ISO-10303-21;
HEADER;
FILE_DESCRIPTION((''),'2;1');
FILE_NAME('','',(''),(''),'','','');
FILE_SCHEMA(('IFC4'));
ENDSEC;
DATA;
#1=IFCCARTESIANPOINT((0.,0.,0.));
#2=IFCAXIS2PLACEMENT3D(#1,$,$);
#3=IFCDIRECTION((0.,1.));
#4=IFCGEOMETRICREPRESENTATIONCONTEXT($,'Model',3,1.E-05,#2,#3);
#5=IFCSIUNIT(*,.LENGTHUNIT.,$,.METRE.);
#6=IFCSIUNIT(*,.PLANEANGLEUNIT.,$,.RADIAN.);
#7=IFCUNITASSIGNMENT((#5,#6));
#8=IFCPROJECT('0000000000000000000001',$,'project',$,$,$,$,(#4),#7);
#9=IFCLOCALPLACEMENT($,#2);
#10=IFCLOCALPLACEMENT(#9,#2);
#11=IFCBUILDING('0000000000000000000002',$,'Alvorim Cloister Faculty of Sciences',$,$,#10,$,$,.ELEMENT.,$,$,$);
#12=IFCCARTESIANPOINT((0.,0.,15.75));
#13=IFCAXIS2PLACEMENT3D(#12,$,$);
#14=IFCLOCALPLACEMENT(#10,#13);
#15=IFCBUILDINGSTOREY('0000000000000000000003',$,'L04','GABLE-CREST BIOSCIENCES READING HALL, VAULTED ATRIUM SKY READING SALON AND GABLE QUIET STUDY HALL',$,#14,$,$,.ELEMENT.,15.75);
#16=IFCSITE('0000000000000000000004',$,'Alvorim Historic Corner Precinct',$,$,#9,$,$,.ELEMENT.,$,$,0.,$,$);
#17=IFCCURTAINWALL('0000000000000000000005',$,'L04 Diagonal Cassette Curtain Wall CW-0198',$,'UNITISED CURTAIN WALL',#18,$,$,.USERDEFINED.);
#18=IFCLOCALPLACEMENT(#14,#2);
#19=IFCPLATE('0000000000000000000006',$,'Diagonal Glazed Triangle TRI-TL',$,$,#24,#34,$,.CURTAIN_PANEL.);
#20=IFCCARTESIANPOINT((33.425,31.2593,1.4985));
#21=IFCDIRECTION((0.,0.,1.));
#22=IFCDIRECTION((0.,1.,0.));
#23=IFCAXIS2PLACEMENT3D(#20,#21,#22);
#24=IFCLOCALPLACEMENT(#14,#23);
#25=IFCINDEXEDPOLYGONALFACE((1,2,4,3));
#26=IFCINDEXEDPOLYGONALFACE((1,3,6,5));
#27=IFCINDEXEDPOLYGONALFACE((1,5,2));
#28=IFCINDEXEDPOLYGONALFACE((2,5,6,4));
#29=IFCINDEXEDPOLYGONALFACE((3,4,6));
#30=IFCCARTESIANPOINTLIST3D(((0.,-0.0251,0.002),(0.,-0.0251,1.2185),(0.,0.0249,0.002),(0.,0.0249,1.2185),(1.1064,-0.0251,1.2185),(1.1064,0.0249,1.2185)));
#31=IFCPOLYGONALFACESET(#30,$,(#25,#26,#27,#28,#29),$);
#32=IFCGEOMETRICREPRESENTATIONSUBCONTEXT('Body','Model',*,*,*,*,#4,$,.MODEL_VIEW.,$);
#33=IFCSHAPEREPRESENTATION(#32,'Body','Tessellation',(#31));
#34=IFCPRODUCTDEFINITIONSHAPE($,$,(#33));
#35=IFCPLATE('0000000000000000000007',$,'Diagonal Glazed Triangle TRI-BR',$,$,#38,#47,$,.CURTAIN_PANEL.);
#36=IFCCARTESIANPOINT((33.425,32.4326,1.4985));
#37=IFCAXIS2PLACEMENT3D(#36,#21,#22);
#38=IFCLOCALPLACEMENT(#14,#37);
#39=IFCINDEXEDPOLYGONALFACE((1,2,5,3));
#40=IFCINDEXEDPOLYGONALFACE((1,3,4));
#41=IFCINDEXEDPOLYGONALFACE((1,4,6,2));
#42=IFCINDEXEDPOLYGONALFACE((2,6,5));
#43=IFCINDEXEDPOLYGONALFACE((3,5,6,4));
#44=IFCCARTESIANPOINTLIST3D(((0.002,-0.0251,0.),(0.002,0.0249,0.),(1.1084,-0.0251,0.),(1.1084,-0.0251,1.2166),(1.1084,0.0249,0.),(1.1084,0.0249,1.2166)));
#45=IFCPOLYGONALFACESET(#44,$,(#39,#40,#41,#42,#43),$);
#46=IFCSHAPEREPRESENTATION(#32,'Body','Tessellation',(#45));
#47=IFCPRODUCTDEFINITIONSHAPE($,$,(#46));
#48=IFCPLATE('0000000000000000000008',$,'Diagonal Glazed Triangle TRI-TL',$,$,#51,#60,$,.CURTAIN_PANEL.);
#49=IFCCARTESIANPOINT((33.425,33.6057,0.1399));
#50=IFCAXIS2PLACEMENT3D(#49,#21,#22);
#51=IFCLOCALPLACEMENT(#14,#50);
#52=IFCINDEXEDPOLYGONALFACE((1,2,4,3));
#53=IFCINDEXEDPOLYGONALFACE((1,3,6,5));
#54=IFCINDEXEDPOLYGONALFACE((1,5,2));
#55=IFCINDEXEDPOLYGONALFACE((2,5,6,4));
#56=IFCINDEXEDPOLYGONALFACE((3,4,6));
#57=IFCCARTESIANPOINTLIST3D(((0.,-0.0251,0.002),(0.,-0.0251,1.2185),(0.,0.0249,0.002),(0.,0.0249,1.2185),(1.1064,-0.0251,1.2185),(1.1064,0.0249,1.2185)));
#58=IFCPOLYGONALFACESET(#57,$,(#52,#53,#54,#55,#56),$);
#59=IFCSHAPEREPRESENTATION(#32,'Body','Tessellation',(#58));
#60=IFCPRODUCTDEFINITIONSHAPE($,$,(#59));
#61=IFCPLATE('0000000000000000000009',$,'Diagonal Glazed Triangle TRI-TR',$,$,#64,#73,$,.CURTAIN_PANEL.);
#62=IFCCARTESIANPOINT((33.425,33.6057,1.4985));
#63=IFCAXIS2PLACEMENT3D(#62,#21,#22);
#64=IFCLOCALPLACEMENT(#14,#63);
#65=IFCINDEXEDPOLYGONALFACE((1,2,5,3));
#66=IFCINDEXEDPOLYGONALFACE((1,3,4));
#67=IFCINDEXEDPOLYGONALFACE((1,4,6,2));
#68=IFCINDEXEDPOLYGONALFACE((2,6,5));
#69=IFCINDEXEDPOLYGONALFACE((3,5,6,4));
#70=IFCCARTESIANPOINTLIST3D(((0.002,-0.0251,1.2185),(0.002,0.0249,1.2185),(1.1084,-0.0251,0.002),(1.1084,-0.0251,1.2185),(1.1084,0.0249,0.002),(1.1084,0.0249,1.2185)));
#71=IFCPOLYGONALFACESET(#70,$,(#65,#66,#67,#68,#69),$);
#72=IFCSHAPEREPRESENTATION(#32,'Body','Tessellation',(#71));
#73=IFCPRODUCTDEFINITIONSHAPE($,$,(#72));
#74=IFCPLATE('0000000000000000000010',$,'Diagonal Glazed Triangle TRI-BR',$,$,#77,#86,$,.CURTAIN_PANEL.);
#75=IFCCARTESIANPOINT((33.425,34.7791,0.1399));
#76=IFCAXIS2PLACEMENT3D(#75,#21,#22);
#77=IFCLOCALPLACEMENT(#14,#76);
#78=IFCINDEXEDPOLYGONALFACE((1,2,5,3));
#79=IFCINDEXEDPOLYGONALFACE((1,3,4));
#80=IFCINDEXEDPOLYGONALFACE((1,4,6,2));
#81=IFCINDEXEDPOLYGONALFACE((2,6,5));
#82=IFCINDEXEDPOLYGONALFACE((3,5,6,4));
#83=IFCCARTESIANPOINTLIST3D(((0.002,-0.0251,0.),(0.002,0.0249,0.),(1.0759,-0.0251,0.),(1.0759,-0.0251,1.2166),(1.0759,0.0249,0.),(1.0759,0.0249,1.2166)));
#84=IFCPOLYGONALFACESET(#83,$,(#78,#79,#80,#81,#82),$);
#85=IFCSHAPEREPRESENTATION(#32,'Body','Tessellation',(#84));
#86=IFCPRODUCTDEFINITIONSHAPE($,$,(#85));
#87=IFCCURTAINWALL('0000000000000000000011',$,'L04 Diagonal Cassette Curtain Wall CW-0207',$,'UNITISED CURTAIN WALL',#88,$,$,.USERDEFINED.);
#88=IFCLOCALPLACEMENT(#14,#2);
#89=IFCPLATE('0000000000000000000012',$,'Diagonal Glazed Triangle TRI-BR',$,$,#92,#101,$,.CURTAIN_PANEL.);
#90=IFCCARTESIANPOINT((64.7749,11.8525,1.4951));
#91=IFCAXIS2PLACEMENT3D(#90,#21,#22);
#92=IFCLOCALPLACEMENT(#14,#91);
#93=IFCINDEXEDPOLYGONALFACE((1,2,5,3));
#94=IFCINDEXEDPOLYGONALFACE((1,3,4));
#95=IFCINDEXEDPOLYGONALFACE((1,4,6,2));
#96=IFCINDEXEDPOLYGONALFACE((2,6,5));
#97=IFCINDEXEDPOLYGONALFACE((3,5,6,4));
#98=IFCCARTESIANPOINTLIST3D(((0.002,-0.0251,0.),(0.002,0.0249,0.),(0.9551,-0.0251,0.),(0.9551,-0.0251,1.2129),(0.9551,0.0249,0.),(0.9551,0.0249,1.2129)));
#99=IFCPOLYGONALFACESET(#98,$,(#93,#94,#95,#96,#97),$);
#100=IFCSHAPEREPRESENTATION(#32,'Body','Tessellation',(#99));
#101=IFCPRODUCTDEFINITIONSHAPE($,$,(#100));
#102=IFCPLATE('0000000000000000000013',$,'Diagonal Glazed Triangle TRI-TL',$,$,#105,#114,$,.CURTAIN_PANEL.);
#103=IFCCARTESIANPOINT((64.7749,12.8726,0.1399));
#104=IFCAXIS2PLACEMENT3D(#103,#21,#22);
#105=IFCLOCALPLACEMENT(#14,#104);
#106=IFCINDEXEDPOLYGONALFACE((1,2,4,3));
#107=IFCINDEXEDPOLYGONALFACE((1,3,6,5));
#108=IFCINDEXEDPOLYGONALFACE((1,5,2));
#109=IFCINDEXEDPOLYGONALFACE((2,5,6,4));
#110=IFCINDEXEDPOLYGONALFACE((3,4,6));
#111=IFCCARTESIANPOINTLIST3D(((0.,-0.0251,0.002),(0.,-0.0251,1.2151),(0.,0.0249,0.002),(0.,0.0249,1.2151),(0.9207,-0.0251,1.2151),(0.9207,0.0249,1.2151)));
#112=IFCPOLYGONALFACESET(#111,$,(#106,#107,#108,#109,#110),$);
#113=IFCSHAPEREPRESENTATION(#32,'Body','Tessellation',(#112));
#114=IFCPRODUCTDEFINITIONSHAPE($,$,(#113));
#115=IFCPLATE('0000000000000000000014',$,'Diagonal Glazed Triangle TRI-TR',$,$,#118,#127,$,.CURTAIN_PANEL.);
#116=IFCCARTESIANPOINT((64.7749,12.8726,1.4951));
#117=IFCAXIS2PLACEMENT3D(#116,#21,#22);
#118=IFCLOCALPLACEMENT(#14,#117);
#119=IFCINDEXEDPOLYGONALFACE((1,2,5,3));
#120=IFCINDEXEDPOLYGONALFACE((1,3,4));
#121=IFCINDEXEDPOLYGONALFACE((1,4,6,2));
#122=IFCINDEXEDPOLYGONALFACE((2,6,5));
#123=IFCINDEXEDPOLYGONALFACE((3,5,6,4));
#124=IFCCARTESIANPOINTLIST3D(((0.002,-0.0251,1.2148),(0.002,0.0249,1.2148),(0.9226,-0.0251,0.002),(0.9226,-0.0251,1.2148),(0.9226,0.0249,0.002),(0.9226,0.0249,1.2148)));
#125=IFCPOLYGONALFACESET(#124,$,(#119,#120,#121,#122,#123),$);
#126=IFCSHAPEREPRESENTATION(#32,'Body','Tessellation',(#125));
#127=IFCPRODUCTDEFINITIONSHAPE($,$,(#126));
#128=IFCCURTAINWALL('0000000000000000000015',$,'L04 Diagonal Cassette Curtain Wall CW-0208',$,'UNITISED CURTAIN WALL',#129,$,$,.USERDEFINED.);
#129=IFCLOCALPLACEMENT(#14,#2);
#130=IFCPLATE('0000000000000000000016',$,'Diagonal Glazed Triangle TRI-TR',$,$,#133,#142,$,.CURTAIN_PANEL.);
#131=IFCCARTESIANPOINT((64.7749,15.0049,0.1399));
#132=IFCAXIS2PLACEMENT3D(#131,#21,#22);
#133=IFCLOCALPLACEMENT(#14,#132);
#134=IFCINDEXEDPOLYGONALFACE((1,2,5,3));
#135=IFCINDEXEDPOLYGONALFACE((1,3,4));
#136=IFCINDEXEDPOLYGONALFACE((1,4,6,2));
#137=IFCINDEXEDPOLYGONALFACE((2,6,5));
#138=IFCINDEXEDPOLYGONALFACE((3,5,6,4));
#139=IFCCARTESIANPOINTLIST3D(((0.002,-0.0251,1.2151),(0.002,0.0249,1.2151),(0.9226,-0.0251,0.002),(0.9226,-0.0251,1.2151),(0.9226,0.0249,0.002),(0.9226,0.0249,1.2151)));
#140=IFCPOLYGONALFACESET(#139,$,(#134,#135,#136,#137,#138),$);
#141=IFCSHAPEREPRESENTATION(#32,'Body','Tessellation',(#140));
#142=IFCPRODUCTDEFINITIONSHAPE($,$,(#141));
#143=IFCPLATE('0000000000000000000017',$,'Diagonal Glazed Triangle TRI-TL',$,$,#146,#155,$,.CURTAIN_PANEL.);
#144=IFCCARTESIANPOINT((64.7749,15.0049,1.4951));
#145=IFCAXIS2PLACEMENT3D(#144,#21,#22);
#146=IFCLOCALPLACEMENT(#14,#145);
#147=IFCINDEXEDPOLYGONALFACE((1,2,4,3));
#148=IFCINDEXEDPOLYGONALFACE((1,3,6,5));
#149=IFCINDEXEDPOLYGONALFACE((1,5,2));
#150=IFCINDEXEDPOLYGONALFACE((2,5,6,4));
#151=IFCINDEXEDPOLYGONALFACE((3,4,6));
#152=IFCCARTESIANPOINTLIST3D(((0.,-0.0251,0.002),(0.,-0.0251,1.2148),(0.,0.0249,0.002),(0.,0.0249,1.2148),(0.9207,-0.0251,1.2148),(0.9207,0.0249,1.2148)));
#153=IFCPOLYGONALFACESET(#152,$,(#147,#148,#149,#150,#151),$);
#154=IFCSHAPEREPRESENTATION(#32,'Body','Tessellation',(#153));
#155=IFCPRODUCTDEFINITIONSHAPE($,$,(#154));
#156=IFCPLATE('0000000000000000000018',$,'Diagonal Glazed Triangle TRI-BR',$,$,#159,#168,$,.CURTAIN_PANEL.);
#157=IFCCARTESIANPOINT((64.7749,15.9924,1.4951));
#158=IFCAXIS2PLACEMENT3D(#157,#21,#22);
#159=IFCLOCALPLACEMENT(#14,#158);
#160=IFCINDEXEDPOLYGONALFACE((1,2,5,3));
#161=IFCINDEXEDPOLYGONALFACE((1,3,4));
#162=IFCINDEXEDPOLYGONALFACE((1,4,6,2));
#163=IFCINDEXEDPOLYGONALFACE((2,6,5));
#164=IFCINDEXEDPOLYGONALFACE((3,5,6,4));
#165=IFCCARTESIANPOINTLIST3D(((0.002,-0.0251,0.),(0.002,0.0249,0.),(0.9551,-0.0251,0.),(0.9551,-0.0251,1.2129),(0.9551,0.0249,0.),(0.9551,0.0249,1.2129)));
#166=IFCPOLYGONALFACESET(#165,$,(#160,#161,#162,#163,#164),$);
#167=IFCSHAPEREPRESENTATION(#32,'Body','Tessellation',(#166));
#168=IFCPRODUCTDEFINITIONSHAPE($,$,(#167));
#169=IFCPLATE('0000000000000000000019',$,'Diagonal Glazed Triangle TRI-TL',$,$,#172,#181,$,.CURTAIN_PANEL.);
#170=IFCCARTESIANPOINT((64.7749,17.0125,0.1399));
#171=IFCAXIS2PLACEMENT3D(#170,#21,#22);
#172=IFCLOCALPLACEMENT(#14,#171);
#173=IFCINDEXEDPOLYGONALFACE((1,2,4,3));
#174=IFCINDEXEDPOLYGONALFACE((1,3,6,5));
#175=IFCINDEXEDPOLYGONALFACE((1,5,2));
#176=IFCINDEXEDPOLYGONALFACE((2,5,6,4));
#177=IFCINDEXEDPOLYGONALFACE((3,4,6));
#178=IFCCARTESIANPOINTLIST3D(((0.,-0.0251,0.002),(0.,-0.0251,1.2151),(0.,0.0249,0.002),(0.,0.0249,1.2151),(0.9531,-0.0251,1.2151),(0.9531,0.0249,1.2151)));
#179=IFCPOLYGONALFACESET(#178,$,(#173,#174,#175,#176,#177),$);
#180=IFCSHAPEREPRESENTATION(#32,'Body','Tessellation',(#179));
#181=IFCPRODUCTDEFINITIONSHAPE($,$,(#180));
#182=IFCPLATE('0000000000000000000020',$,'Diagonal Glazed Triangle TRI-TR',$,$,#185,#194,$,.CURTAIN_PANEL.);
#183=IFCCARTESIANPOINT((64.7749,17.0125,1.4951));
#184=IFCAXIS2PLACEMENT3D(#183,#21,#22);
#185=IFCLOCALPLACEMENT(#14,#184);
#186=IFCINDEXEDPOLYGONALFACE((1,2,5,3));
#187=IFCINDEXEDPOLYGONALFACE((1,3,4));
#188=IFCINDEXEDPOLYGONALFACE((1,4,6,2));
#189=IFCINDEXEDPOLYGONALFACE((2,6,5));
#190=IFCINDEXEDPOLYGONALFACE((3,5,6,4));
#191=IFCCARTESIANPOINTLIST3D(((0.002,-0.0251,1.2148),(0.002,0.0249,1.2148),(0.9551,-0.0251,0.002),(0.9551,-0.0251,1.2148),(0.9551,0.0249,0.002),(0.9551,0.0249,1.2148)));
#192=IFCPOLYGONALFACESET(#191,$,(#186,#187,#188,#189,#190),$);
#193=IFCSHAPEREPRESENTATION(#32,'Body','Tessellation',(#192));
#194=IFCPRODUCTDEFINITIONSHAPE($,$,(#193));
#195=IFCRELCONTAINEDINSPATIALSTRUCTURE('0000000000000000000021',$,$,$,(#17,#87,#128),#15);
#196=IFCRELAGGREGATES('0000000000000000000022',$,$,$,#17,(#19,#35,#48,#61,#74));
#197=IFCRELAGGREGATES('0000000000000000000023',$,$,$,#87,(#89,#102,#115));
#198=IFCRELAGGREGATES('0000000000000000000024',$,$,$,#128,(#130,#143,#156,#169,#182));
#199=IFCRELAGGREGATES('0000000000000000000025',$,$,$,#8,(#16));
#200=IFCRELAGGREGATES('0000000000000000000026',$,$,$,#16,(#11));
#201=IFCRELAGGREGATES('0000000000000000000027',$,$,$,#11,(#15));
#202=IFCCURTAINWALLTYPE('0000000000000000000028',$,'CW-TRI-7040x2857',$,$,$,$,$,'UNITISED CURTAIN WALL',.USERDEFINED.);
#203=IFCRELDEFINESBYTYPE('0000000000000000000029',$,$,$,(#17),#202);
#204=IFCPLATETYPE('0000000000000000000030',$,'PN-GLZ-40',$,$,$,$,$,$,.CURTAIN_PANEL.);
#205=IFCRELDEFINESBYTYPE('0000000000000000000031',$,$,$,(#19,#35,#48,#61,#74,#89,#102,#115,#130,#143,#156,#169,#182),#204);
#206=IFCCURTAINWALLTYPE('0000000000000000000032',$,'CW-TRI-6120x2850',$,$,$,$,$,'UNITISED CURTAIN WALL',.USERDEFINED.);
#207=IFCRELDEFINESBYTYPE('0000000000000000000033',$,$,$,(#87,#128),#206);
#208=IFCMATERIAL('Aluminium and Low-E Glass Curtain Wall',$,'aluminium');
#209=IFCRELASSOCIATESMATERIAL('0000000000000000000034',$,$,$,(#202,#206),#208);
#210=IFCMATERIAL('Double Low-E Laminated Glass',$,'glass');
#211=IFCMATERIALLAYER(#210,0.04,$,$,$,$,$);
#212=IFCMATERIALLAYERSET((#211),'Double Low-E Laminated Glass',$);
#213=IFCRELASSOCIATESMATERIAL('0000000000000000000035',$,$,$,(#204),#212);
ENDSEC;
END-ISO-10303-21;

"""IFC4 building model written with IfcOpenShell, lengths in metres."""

from ifc_helpers import new_model, si_unit, direction, frame, origin, place, context, subcontext, project, spatial, polyline, outline, extrude, material, layer, layer_set, type_object, element, aggregate, save


model = new_model("IFC4")

# Units and contexts
model_context = context("Model", 3, precision=1e-05, world=origin(), true_north=direction((0.0, 1.0)))
body_context = subcontext(model_context, "Body", "Model", "MODEL_VIEW")
ifc_project = project(units=[si_unit("LENGTHUNIT", "METRE"), si_unit("PLANEANGLEUNIT", "RADIAN")], contexts=[model_context])

# Site, building, storey
site_placement = place(None, origin())
site = spatial("IfcSite", under=ifc_project, at=site_placement, Name="Alvorim Historic Corner Precinct", CompositionType="ELEMENT", RefElevation=0.0)
building_placement = place(site_placement, origin())
building = spatial("IfcBuilding", under=site, at=building_placement, Name="Alvorim Cloister Faculty of Sciences", CompositionType="ELEMENT")
storey_placement = place(building_placement, frame((0.0, 0.0, 15.75)))
storey = spatial("IfcBuildingStorey", under=building, at=storey_placement, Name="L04", Description="GABLE-CREST BIOSCIENCES READING HALL, VAULTED ATRIUM SKY READING SALON AND GABLE QUIET STUDY HALL", CompositionType="ELEMENT", Elevation=15.75)

# Curtain walls, plates
ifc_material_1 = material(Name="Aluminium and Low-E Glass Curtain Wall", Category="aluminium")
curtain_wall_type_1 = type_object("IfcCurtainWallType", Name="CW-TRI-7040x2857", ElementType="UNITISED CURTAIN WALL", PredefinedType="USERDEFINED", material=ifc_material_1)
curtain_wall_1_placement = place(storey_placement, origin())
curtain_wall_1 = element("IfcCurtainWall", 1, at=curtain_wall_1_placement, inside=storey, type_object=curtain_wall_type_1, Name="L04 Diagonal Cassette Curtain Wall CW-0198", ObjectType="UNITISED CURTAIN WALL", PredefinedType="USERDEFINED")
ifc_material_2 = material(Name="Double Low-E Laminated Glass", Category="glass")
ifc_layer_1 = layer(ifc_material_2, 0.04)
ifc_layer_set_1 = layer_set([ifc_layer_1], Name="Double Low-E Laminated Glass")
plate_type = type_object("IfcPlateType", Name="PN-GLZ-40", PredefinedType="CURTAIN_PANEL", material=ifc_layer_set_1)
plate_1_placement = place(storey_placement, frame((33.425, 31.2593, 1.4985), z_axis=(0.0, 0.0, 1.0), x_axis=(0.0, 1.0, 0.0)))
plate_1 = element("IfcPlate", 2, at=plate_1_placement, type_object=plate_type, Name="Diagonal Glazed Triangle TRI-TL", PredefinedType="CURTAIN_PANEL", context=body_context, shape_type="SweptSolid", body=[
    extrude(outline(polyline([(1.1064, 1.2185), (0.0, 1.2185), (0.0, 0.002), (1.1064, 1.2185)])), frame((0.0, 0.0249, 0.0), z_axis=(0.0, -1.0, 0.0), x_axis=(1.0, 0.0, 0.0)), (0.0, 0.0, 1.0), 0.05),
])
plate_2_placement = place(storey_placement, frame((33.425, 32.4326, 1.4985), z_axis=(0.0, 0.0, 1.0), x_axis=(0.0, 1.0, 0.0)))
plate_2 = element("IfcPlate", 3, at=plate_2_placement, type_object=plate_type, Name="Diagonal Glazed Triangle TRI-BR", PredefinedType="CURTAIN_PANEL", context=body_context, shape_type="SweptSolid", body=[
    extrude(outline(polyline([(0.002, 0.0), (1.1084, 0.0), (1.1084, 1.2166), (0.002, 0.0)])), frame((0.0, 0.0249, 0.0), z_axis=(0.0, -1.0, 0.0), x_axis=(1.0, 0.0, 0.0)), (0.0, 0.0, 1.0), 0.05),
])
plate_3_placement = place(storey_placement, frame((33.425, 33.6057, 0.1399), z_axis=(0.0, 0.0, 1.0), x_axis=(0.0, 1.0, 0.0)))
plate_3 = element("IfcPlate", 4, at=plate_3_placement, type_object=plate_type, Name="Diagonal Glazed Triangle TRI-TL", PredefinedType="CURTAIN_PANEL", context=body_context, shape_type="SweptSolid", body=[
    extrude(outline(polyline([(1.1064, 1.2185), (0.0, 1.2185), (0.0, 0.002), (1.1064, 1.2185)])), frame((0.0, 0.0249, 0.0), z_axis=(0.0, -1.0, 0.0), x_axis=(1.0, 0.0, 0.0)), (0.0, 0.0, 1.0), 0.05),
])
plate_4_placement = place(storey_placement, frame((33.425, 33.6057, 1.4985), z_axis=(0.0, 0.0, 1.0), x_axis=(0.0, 1.0, 0.0)))
plate_4 = element("IfcPlate", 5, at=plate_4_placement, type_object=plate_type, Name="Diagonal Glazed Triangle TRI-TR", PredefinedType="CURTAIN_PANEL", context=body_context, shape_type="SweptSolid", body=[
    extrude(outline(polyline([(1.1084, 0.002), (1.1084, 1.2185), (0.002, 1.2185), (1.1084, 0.002)])), frame((0.0, 0.0249, 0.0), z_axis=(0.0, -1.0, 0.0), x_axis=(1.0, 0.0, 0.0)), (0.0, 0.0, 1.0), 0.05),
])
plate_5_placement = place(storey_placement, frame((33.425, 34.7791, 0.1399), z_axis=(0.0, 0.0, 1.0), x_axis=(0.0, 1.0, 0.0)))
plate_5 = element("IfcPlate", 6, at=plate_5_placement, type_object=plate_type, Name="Diagonal Glazed Triangle TRI-BR", PredefinedType="CURTAIN_PANEL", context=body_context, shape_type="SweptSolid", body=[
    extrude(outline(polyline([(0.002, 0.0), (1.0759, 0.0), (1.0759, 1.2166), (0.002, 0.0)])), frame((0.0, 0.0249, 0.0), z_axis=(0.0, -1.0, 0.0), x_axis=(1.0, 0.0, 0.0)), (0.0, 0.0, 1.0), 0.05),
])
aggregate(curtain_wall_1, [plate_1, plate_2, plate_3, plate_4, plate_5])
curtain_wall_type_2 = type_object("IfcCurtainWallType", Name="CW-TRI-6120x2850", ElementType="UNITISED CURTAIN WALL", PredefinedType="USERDEFINED", material=ifc_material_1)
curtain_wall_2_placement = place(storey_placement, origin())
curtain_wall_2 = element("IfcCurtainWall", 7, at=curtain_wall_2_placement, inside=storey, type_object=curtain_wall_type_2, Name="L04 Diagonal Cassette Curtain Wall CW-0207", ObjectType="UNITISED CURTAIN WALL", PredefinedType="USERDEFINED")
plate_6_placement = place(storey_placement, frame((64.7749, 11.8525, 1.4951), z_axis=(0.0, 0.0, 1.0), x_axis=(0.0, 1.0, 0.0)))
plate_6 = element("IfcPlate", 8, at=plate_6_placement, type_object=plate_type, Name="Diagonal Glazed Triangle TRI-BR", PredefinedType="CURTAIN_PANEL", context=body_context, shape_type="SweptSolid", body=[
    extrude(outline(polyline([(0.002, 0.0), (0.9551, 0.0), (0.9551, 1.2129), (0.002, 0.0)])), frame((0.0, 0.0249, 0.0), z_axis=(0.0, -1.0, 0.0), x_axis=(1.0, 0.0, 0.0)), (0.0, 0.0, 1.0), 0.05),
])
plate_7_placement = place(storey_placement, frame((64.7749, 12.8726, 0.1399), z_axis=(0.0, 0.0, 1.0), x_axis=(0.0, 1.0, 0.0)))
plate_7 = element("IfcPlate", 9, at=plate_7_placement, type_object=plate_type, Name="Diagonal Glazed Triangle TRI-TL", PredefinedType="CURTAIN_PANEL", context=body_context, shape_type="SweptSolid", body=[
    extrude(outline(polyline([(0.9207, 1.2151), (0.0, 1.2151), (0.0, 0.002), (0.9207, 1.2151)])), frame((0.0, 0.0249, 0.0), z_axis=(0.0, -1.0, 0.0), x_axis=(1.0, 0.0, 0.0)), (0.0, 0.0, 1.0), 0.05),
])
plate_8_placement = place(storey_placement, frame((64.7749, 12.8726, 1.4951), z_axis=(0.0, 0.0, 1.0), x_axis=(0.0, 1.0, 0.0)))
plate_8 = element("IfcPlate", 10, at=plate_8_placement, type_object=plate_type, Name="Diagonal Glazed Triangle TRI-TR", PredefinedType="CURTAIN_PANEL", context=body_context, shape_type="SweptSolid", body=[
    extrude(outline(polyline([(0.9226, 0.002), (0.9226, 1.2148), (0.002, 1.2148), (0.9226, 0.002)])), frame((0.0, 0.0249, 0.0), z_axis=(0.0, -1.0, 0.0), x_axis=(1.0, 0.0, 0.0)), (0.0, 0.0, 1.0), 0.05),
])
aggregate(curtain_wall_2, [plate_6, plate_7, plate_8])
curtain_wall_3_placement = place(storey_placement, origin())
curtain_wall_3 = element("IfcCurtainWall", 11, at=curtain_wall_3_placement, inside=storey, type_object=curtain_wall_type_2, Name="L04 Diagonal Cassette Curtain Wall CW-0208", ObjectType="UNITISED CURTAIN WALL", PredefinedType="USERDEFINED")
plate_9_placement = place(storey_placement, frame((64.7749, 15.0049, 0.1399), z_axis=(0.0, 0.0, 1.0), x_axis=(0.0, 1.0, 0.0)))
plate_9 = element("IfcPlate", 12, at=plate_9_placement, type_object=plate_type, Name="Diagonal Glazed Triangle TRI-TR", PredefinedType="CURTAIN_PANEL", context=body_context, shape_type="SweptSolid", body=[
    extrude(outline(polyline([(0.9226, 0.002), (0.9226, 1.2151), (0.002, 1.2151), (0.9226, 0.002)])), frame((0.0, 0.0249, 0.0), z_axis=(0.0, -1.0, 0.0), x_axis=(1.0, 0.0, 0.0)), (0.0, 0.0, 1.0), 0.05),
])
plate_10_placement = place(storey_placement, frame((64.7749, 15.0049, 1.4951), z_axis=(0.0, 0.0, 1.0), x_axis=(0.0, 1.0, 0.0)))
plate_10 = element("IfcPlate", 13, at=plate_10_placement, type_object=plate_type, Name="Diagonal Glazed Triangle TRI-TL", PredefinedType="CURTAIN_PANEL", context=body_context, shape_type="SweptSolid", body=[
    extrude(outline(polyline([(0.9207, 1.2148), (0.0, 1.2148), (0.0, 0.002), (0.9207, 1.2148)])), frame((0.0, 0.0249, 0.0), z_axis=(0.0, -1.0, 0.0), x_axis=(1.0, 0.0, 0.0)), (0.0, 0.0, 1.0), 0.05),
])
plate_11_placement = place(storey_placement, frame((64.7749, 15.9924, 1.4951), z_axis=(0.0, 0.0, 1.0), x_axis=(0.0, 1.0, 0.0)))
plate_11 = element("IfcPlate", 14, at=plate_11_placement, type_object=plate_type, Name="Diagonal Glazed Triangle TRI-BR", PredefinedType="CURTAIN_PANEL", context=body_context, shape_type="SweptSolid", body=[
    extrude(outline(polyline([(0.002, 0.0), (0.9551, 0.0), (0.9551, 1.2129), (0.002, 0.0)])), frame((0.0, 0.0249, 0.0), z_axis=(0.0, -1.0, 0.0), x_axis=(1.0, 0.0, 0.0)), (0.0, 0.0, 1.0), 0.05),
])
plate_12_placement = place(storey_placement, frame((64.7749, 17.0125, 0.1399), z_axis=(0.0, 0.0, 1.0), x_axis=(0.0, 1.0, 0.0)))
plate_12 = element("IfcPlate", 15, at=plate_12_placement, type_object=plate_type, Name="Diagonal Glazed Triangle TRI-TL", PredefinedType="CURTAIN_PANEL", context=body_context, shape_type="SweptSolid", body=[
    extrude(outline(polyline([(0.9531, 1.2151), (0.0, 1.2151), (0.0, 0.002), (0.9531, 1.2151)])), frame((0.0, 0.0249, 0.0), z_axis=(0.0, -1.0, 0.0), x_axis=(1.0, 0.0, 0.0)), (0.0, 0.0, 1.0), 0.05),
])
plate_13_placement = place(storey_placement, frame((64.7749, 17.0125, 1.4951), z_axis=(0.0, 0.0, 1.0), x_axis=(0.0, 1.0, 0.0)))
plate_13 = element("IfcPlate", 16, at=plate_13_placement, type_object=plate_type, Name="Diagonal Glazed Triangle TRI-TR", PredefinedType="CURTAIN_PANEL", context=body_context, shape_type="SweptSolid", body=[
    extrude(outline(polyline([(0.9551, 0.002), (0.9551, 1.2148), (0.002, 1.2148), (0.9551, 0.002)])), frame((0.0, 0.0249, 0.0), z_axis=(0.0, -1.0, 0.0), x_axis=(1.0, 0.0, 0.0)), (0.0, 0.0, 1.0), 0.05),
])
aggregate(curtain_wall_3, [plate_9, plate_10, plate_11, plate_12, plate_13])

save(model, "model.ifc")
